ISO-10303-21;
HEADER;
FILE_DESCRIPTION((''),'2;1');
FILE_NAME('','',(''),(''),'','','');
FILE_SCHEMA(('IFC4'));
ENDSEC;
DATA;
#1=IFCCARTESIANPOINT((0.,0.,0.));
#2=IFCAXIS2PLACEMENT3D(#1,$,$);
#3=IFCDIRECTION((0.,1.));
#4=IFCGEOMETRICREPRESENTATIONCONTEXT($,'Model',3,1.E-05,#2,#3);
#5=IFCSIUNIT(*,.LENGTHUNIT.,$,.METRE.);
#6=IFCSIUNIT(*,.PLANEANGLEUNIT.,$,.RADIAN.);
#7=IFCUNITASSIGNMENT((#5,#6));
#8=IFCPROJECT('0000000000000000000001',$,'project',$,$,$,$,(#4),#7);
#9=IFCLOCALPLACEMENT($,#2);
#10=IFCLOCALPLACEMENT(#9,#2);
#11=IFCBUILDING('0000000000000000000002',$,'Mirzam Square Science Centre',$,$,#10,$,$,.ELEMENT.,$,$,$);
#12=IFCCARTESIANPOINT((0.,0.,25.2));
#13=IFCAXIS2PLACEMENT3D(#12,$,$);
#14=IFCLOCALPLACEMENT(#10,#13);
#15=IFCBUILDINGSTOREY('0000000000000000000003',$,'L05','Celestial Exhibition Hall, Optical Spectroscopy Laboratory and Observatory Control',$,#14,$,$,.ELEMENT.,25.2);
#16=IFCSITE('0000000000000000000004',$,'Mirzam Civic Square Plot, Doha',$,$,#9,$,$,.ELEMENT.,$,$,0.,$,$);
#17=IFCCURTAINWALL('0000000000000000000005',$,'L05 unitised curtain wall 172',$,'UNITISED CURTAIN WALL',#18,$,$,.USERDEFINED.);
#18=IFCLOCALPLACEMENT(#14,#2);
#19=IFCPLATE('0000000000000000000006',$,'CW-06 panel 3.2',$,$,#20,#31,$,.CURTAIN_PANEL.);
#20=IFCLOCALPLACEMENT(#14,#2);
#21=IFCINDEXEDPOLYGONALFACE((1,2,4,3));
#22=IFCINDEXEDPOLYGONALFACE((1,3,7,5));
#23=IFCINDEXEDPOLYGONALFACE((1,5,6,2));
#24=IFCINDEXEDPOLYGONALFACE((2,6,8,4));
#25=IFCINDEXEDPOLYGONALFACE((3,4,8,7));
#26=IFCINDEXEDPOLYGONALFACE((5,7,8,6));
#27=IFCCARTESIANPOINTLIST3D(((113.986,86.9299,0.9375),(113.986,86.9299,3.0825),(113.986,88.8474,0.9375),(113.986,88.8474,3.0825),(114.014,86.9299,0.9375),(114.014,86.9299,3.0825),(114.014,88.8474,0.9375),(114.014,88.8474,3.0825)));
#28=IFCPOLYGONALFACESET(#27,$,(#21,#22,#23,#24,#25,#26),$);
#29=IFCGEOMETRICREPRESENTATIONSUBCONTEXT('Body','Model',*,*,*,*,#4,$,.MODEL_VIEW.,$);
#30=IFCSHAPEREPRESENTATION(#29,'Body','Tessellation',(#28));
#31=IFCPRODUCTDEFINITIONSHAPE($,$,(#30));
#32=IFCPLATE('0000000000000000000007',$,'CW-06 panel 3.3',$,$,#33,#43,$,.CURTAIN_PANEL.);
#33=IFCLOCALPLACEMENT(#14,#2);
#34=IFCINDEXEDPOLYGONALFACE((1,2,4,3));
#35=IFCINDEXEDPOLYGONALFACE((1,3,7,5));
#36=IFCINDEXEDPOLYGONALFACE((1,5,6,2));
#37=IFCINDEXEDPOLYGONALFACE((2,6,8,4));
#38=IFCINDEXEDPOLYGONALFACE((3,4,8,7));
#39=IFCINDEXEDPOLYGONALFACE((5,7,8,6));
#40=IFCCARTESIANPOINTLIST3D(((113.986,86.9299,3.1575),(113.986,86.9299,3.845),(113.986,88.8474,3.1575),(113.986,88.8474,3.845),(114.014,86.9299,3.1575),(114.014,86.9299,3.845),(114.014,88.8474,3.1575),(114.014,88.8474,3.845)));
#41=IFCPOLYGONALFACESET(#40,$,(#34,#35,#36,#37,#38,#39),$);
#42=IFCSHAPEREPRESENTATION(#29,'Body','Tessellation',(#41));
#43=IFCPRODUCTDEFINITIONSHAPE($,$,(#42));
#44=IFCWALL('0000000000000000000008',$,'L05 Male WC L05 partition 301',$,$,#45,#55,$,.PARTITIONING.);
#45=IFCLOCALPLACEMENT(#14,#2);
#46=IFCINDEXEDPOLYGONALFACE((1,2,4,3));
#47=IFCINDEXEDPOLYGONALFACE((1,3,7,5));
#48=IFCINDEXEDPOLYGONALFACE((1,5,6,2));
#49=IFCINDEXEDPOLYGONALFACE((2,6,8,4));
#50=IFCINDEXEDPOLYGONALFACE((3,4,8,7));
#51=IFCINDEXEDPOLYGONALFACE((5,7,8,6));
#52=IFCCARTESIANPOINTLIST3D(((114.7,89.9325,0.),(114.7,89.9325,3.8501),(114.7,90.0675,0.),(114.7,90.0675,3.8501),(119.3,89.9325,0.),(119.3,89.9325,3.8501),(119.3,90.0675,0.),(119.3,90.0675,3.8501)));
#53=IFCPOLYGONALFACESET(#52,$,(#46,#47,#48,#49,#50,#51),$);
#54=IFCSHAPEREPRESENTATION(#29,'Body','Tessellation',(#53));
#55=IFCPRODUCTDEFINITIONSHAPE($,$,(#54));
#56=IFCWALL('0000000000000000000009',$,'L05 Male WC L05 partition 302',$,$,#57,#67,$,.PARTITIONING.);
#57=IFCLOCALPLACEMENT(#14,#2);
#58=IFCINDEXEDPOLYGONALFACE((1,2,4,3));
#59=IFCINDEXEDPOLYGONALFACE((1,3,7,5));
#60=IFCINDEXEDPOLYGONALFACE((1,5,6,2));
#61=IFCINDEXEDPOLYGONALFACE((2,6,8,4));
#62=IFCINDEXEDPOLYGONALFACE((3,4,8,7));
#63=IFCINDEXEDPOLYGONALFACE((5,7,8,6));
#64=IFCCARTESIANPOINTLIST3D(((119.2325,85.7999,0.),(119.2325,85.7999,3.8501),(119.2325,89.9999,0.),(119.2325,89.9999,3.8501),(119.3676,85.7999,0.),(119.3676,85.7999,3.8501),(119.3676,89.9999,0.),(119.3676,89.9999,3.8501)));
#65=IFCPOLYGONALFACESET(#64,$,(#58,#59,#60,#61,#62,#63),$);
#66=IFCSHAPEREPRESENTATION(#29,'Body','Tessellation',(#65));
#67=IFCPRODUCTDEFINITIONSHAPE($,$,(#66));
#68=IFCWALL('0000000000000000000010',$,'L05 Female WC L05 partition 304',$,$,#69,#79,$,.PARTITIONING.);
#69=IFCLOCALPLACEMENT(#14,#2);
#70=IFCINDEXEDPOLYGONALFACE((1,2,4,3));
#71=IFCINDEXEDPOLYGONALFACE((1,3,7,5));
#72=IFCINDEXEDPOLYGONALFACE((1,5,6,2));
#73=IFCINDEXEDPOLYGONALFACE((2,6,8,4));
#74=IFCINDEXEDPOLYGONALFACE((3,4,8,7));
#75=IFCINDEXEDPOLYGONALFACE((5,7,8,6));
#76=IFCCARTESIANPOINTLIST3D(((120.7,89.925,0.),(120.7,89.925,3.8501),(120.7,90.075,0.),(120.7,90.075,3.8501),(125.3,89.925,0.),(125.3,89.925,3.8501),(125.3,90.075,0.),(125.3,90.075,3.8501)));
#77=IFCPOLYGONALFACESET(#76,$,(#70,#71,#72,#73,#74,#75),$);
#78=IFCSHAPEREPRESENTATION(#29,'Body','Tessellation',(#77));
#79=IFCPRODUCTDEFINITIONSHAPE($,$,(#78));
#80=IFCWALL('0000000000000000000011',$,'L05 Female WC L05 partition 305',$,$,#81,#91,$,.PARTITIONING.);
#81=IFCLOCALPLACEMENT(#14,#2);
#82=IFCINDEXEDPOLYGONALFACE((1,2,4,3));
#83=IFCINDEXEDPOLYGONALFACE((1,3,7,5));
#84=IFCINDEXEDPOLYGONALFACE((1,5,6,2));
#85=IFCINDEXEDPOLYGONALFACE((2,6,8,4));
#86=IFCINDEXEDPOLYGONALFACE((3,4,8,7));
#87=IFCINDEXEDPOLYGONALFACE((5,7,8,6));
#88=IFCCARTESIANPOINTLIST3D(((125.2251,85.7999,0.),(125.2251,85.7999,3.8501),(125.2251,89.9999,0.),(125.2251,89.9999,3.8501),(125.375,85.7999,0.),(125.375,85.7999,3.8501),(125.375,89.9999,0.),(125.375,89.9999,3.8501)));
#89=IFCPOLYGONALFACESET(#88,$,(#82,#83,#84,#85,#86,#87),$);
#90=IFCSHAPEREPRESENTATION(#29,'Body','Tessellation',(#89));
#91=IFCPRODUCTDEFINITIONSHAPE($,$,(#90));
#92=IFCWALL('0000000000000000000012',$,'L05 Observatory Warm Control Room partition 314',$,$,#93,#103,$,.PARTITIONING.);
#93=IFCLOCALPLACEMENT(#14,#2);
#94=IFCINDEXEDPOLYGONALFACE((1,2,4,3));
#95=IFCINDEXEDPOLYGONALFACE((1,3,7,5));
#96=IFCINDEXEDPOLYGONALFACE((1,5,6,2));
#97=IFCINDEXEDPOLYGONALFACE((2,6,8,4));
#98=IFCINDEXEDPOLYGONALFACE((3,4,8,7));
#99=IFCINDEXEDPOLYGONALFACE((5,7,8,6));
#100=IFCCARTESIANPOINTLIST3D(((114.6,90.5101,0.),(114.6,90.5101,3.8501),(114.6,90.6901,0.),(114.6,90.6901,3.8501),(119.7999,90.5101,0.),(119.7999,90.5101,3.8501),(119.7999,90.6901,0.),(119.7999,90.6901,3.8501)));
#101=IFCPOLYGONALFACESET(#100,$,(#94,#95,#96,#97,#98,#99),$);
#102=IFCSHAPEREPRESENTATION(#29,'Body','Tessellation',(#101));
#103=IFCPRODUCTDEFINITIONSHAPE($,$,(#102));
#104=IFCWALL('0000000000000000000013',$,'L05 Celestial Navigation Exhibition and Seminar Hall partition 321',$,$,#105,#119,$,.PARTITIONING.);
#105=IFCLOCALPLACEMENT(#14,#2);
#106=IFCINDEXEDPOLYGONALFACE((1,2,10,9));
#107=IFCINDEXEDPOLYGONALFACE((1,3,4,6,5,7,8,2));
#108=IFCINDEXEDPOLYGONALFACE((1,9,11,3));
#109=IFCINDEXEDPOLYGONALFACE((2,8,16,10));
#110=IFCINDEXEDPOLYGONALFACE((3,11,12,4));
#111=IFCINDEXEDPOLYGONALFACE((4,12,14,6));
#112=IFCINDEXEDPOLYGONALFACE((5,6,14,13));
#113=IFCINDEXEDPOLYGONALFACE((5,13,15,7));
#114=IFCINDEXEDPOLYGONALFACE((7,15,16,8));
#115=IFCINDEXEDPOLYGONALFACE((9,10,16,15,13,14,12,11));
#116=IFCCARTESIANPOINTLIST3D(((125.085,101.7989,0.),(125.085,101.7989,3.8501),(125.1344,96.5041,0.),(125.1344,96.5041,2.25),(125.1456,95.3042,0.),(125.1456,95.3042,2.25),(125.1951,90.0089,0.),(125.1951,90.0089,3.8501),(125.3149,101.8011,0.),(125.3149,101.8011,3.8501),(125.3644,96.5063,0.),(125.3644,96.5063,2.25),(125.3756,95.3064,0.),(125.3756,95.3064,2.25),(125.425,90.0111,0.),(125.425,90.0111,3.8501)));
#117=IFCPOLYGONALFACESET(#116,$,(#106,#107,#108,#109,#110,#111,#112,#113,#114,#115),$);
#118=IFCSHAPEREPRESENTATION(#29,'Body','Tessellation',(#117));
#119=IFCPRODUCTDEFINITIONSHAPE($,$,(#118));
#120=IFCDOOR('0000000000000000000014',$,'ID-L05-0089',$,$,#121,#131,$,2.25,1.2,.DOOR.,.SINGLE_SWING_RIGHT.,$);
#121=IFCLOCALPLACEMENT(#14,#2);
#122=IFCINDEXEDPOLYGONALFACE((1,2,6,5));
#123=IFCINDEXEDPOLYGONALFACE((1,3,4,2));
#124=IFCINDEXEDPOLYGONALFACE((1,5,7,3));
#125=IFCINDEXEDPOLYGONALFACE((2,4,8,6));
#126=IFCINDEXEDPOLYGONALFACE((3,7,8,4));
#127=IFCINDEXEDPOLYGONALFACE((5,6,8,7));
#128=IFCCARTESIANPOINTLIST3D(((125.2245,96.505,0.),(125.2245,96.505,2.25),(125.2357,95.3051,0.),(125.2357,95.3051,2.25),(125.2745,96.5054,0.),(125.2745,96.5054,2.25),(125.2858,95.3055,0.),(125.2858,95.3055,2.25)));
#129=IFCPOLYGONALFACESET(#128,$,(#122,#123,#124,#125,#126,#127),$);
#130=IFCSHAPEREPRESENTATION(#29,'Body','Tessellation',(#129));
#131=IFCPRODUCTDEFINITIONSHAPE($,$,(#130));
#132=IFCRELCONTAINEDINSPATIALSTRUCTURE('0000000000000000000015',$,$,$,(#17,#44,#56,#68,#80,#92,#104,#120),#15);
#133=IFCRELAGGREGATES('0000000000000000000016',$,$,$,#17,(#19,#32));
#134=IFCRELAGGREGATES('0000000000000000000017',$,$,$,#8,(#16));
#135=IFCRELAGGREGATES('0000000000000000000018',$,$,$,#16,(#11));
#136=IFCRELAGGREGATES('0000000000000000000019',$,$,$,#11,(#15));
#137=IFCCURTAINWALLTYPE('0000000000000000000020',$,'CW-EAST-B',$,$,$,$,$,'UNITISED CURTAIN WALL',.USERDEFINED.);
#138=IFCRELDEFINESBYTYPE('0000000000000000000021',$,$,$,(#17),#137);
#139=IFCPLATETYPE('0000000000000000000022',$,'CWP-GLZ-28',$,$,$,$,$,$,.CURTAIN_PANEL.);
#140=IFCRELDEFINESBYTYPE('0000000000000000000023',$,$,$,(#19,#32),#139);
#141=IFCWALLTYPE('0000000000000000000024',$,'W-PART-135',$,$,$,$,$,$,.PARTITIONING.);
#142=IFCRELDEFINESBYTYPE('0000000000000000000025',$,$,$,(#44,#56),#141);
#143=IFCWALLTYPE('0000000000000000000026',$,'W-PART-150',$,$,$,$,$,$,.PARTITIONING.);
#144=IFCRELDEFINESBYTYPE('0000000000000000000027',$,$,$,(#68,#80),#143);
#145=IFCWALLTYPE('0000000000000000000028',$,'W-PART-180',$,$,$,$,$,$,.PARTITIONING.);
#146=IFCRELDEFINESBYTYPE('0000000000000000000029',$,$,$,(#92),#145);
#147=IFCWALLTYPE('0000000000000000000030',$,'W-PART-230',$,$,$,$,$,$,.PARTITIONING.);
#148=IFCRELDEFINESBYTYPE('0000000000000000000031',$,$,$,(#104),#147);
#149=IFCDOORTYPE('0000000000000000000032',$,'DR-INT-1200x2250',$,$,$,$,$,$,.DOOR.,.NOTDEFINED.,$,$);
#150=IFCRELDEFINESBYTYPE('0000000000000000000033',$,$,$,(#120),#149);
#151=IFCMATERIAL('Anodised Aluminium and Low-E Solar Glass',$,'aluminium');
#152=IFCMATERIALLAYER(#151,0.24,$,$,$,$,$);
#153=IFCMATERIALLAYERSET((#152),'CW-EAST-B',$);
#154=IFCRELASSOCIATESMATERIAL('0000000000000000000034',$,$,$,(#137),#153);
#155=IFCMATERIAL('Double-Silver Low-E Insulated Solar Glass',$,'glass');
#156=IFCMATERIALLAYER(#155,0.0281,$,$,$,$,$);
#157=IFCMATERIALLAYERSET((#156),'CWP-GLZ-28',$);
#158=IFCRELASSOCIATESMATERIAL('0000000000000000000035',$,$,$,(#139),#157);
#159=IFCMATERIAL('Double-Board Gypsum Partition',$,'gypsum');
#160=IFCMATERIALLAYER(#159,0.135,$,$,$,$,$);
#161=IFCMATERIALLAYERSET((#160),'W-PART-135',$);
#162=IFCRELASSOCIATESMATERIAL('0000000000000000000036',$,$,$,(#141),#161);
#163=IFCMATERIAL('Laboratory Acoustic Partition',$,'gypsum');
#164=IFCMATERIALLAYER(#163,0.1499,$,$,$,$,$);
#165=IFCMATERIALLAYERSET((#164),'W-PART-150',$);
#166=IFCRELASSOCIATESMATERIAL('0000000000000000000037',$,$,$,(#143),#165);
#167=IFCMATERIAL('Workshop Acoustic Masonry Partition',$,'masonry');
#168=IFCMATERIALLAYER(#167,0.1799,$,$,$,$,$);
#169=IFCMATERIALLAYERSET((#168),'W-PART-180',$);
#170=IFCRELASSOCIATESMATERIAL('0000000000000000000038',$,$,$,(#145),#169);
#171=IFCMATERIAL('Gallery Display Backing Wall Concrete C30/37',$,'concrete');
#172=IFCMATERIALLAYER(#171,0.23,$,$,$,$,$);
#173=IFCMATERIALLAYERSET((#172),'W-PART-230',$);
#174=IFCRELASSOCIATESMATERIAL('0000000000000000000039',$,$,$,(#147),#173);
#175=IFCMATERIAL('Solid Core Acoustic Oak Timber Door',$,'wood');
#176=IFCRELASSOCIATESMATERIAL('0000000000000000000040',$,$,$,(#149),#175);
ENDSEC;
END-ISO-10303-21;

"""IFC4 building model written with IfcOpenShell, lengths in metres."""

from ifc_helpers import new_model, si_unit, direction, frame, frame_2d, origin, origin_2d, place, context, subcontext, project, spatial, rectangle, extrude, material, layer, layer_set, type_object, element, fill, aggregate, save


model = new_model("IFC4")

# Units and contexts
model_context = context("Model", 3, precision=1e-05, world=origin(), true_north=direction((0.0, 1.0)))
body_context = subcontext(model_context, "Body", "Model", "MODEL_VIEW")
ifc_project = project(units=[si_unit("LENGTHUNIT", "METRE"), si_unit("PLANEANGLEUNIT", "RADIAN")], contexts=[model_context])

# Site, building, storey
site_placement = place(None, origin())
site = spatial("IfcSite", under=ifc_project, at=site_placement, Name="Mirzam Civic Square Plot, Doha", CompositionType="ELEMENT", RefElevation=0.0)
building_placement = place(site_placement, origin())
building = spatial("IfcBuilding", under=site, at=building_placement, Name="Mirzam Square Science Centre", CompositionType="ELEMENT")
storey_placement = place(building_placement, frame((0.0, 0.0, 25.2)))
storey = spatial("IfcBuildingStorey", under=building, at=storey_placement, Name="L05", Description="Celestial Exhibition Hall, Optical Spectroscopy Laboratory and Observatory Control", CompositionType="ELEMENT", Elevation=25.2)

# Curtain wall
ifc_material_1 = material(Name="Anodised Aluminium and Low-E Solar Glass", Category="aluminium")
ifc_layer_1 = layer(ifc_material_1, 0.24)
ifc_layer_set_1 = layer_set([ifc_layer_1], Name="CW-EAST-B")
curtain_wall_type = type_object("IfcCurtainWallType", Name="CW-EAST-B", ElementType="UNITISED CURTAIN WALL", PredefinedType="USERDEFINED", material=ifc_layer_set_1)
curtain_wall_placement = place(storey_placement, origin())
curtain_wall = element("IfcCurtainWall", 1, at=curtain_wall_placement, inside=storey, type_object=curtain_wall_type, Name="L05 unitised curtain wall 172", ObjectType="UNITISED CURTAIN WALL", PredefinedType="USERDEFINED")

# Plates
ifc_material_2 = material(Name="Double-Silver Low-E Insulated Solar Glass", Category="glass")
ifc_layer_2 = layer(ifc_material_2, 0.0281)
ifc_layer_set_2 = layer_set([ifc_layer_2], Name="CWP-GLZ-28")
plate_type = type_object("IfcPlateType", Name="CWP-GLZ-28", PredefinedType="CURTAIN_PANEL", material=ifc_layer_set_2)
plate_1_placement = place(storey_placement, frame((114.0, 87.8887, 0.9375), z_axis=(0.0, 0.0, 1.0), x_axis=(0.0, -1.0, 0.0)))
plate_1 = element("IfcPlate", 2, at=plate_1_placement, type_object=plate_type, Name="CW-06 panel 3.2", PredefinedType="CURTAIN_PANEL", context=body_context, shape_type="SweptSolid", body=[
    extrude(rectangle(XDim=1.9175, YDim=0.0281, at=origin_2d()), origin(), (0.0, 0.0, 1.0), 2.145),
])
plate_2_placement = place(storey_placement, frame((114.0, 87.8887, 3.1575), z_axis=(0.0, 0.0, 1.0), x_axis=(0.0, -1.0, 0.0)))
plate_2 = element("IfcPlate", 3, at=plate_2_placement, type_object=plate_type, Name="CW-06 panel 3.3", PredefinedType="CURTAIN_PANEL", context=body_context, shape_type="SweptSolid", body=[
    extrude(rectangle(XDim=1.9175, YDim=0.0281, at=origin_2d()), origin(), (0.0, 0.0, 1.0), 0.6875),
])
aggregate(curtain_wall, [plate_1, plate_2])

# Walls
ifc_material_3 = material(Name="Double-Board Gypsum Partition", Category="gypsum")
ifc_layer_3 = layer(ifc_material_3, 0.135)
ifc_layer_set_3 = layer_set([ifc_layer_3], Name="W-PART-135")
wall_type_1 = type_object("IfcWallType", Name="W-PART-135", PredefinedType="PARTITIONING", material=ifc_layer_set_3)
wall_1_placement = place(storey_placement, frame((114.7, 90.0, 0.0), z_axis=(0.0, 0.0, 1.0), x_axis=(1.0, 0.0, 0.0)))
element("IfcWall", 4, at=wall_1_placement, inside=storey, type_object=wall_type_1, Name="L05 Male WC L05 partition 301", PredefinedType="PARTITIONING", context=body_context, shape_type="SweptSolid", body=[
    extrude(rectangle(XDim=4.6001, YDim=0.135, at=frame_2d((2.3, 0.0))), origin(), (0.0, 0.0, 1.0), 3.8501),
])
wall_2_placement = place(storey_placement, frame((119.3, 90.0, 0.0), z_axis=(0.0, 0.0, 1.0), x_axis=(0.0, -1.0, 0.0)))
element("IfcWall", 5, at=wall_2_placement, inside=storey, type_object=wall_type_1, Name="L05 Male WC L05 partition 302", PredefinedType="PARTITIONING", context=body_context, shape_type="SweptSolid", body=[
    extrude(rectangle(XDim=4.2, YDim=0.135, at=frame_2d((2.1001, 0.0))), origin(), (0.0, 0.0, 1.0), 3.8501),
])
ifc_material_4 = material(Name="Laboratory Acoustic Partition", Category="gypsum")
ifc_layer_4 = layer(ifc_material_4, 0.1499)
ifc_layer_set_4 = layer_set([ifc_layer_4], Name="W-PART-150")
wall_type_2 = type_object("IfcWallType", Name="W-PART-150", PredefinedType="PARTITIONING", material=ifc_layer_set_4)
wall_3_placement = place(storey_placement, frame((120.7, 90.0, 0.0), z_axis=(0.0, 0.0, 1.0), x_axis=(1.0, 0.0, 0.0)))
element("IfcWall", 6, at=wall_3_placement, inside=storey, type_object=wall_type_2, Name="L05 Female WC L05 partition 304", PredefinedType="PARTITIONING", context=body_context, shape_type="SweptSolid", body=[
    extrude(rectangle(XDim=4.6001, YDim=0.1499, at=frame_2d((2.3, 0.0))), origin(), (0.0, 0.0, 1.0), 3.8501),
])
wall_4_placement = place(storey_placement, frame((125.3, 90.0, 0.0), z_axis=(0.0, 0.0, 1.0), x_axis=(0.0, -1.0, 0.0)))
element("IfcWall", 7, at=wall_4_placement, inside=storey, type_object=wall_type_2, Name="L05 Female WC L05 partition 305", PredefinedType="PARTITIONING", context=body_context, shape_type="SweptSolid", body=[
    extrude(rectangle(XDim=4.2, YDim=0.1499, at=frame_2d((2.1001, 0.0))), origin(), (0.0, 0.0, 1.0), 3.8501),
])
ifc_material_5 = material(Name="Workshop Acoustic Masonry Partition", Category="masonry")
ifc_layer_5 = layer(ifc_material_5, 0.1799)
ifc_layer_set_5 = layer_set([ifc_layer_5], Name="W-PART-180")
wall_type_3 = type_object("IfcWallType", Name="W-PART-180", PredefinedType="PARTITIONING", material=ifc_layer_set_5)
wall_5_placement = place(storey_placement, frame((119.8, 90.6001, 0.0), z_axis=(0.0, 0.0, 1.0), x_axis=(-1.0, 0.0, 0.0)))
element("IfcWall", 8, at=wall_5_placement, inside=storey, type_object=wall_type_3, Name="L05 Observatory Warm Control Room partition 314", PredefinedType="PARTITIONING", context=body_context, shape_type="SweptSolid", body=[
    extrude(rectangle(XDim=5.2, YDim=0.1799, at=frame_2d((2.6001, 0.0))), origin(), (0.0, 0.0, 1.0), 3.8501),
])

# Wall, opening, door
ifc_material_6 = material(Name="Gallery Display Backing Wall Concrete C30/37", Category="concrete")
ifc_layer_6 = layer(ifc_material_6, 0.23)
ifc_layer_set_6 = layer_set([ifc_layer_6], Name="W-PART-230")
wall_type_4 = type_object("IfcWallType", Name="W-PART-230", PredefinedType="PARTITIONING", material=ifc_layer_set_6)
wall_6_placement = place(storey_placement, frame((125.3101, 90.01, 0.0), z_axis=(0.0, 0.0, 1.0), x_axis=(-0.009339, 0.999956, 0.0)))
wall_6 = element("IfcWall", 9, at=wall_6_placement, inside=storey, type_object=wall_type_4, Name="L05 Celestial Navigation Exhibition and Seminar Hall partition 321", PredefinedType="PARTITIONING", context=body_context, shape_type="SweptSolid", body=[
    extrude(rectangle(XDim=11.7905, YDim=0.23, at=frame_2d((5.8953, 0.0))), origin(), (0.0, 0.0, 1.0), 3.8501),
])
opening_placement = place(wall_6_placement, frame((5.2954, 0.0, 0.0)))
opening = element("IfcOpeningElement", 10, at=opening_placement, cuts=wall_6, PredefinedType="OPENING", context=body_context, shape_type="SweptSolid", body=[
    extrude(rectangle(XDim=1.2, YDim=2.25, at=frame_2d((0.6001, 1.125))), frame((0.0, 0.125, 0.0), z_axis=(0.0, -1.0, 0.0), x_axis=(1.0, 0.0, 0.0)), (0.0, 0.0, 1.0), 0.25),
])
ifc_material_7 = material(Name="Solid Core Acoustic Oak Timber Door", Category="wood")
door_type = type_object("IfcDoorType", Name="DR-INT-1200x2250", OperationType="NOTDEFINED", PredefinedType="DOOR", material=ifc_material_7)
door_placement = place(opening_placement, origin())
door = element("IfcDoor", 11, at=door_placement, inside=storey, type_object=door_type, Name="ID-L05-0089", OperationType="SINGLE_SWING_RIGHT", OverallHeight=2.25, OverallWidth=1.2, PredefinedType="DOOR", context=body_context, shape_type="SweptSolid", body=[
    extrude(rectangle(XDim=1.2, YDim=2.25, at=frame_2d((0.6001, 1.125))), frame((0.0, 0.0249, 0.0), z_axis=(0.0, -1.0, 0.0), x_axis=(1.0, 0.0, 0.0)), (0.0, 0.0, 1.0), 0.05),
])
fill(opening, door)

save(model, "model.ifc")
